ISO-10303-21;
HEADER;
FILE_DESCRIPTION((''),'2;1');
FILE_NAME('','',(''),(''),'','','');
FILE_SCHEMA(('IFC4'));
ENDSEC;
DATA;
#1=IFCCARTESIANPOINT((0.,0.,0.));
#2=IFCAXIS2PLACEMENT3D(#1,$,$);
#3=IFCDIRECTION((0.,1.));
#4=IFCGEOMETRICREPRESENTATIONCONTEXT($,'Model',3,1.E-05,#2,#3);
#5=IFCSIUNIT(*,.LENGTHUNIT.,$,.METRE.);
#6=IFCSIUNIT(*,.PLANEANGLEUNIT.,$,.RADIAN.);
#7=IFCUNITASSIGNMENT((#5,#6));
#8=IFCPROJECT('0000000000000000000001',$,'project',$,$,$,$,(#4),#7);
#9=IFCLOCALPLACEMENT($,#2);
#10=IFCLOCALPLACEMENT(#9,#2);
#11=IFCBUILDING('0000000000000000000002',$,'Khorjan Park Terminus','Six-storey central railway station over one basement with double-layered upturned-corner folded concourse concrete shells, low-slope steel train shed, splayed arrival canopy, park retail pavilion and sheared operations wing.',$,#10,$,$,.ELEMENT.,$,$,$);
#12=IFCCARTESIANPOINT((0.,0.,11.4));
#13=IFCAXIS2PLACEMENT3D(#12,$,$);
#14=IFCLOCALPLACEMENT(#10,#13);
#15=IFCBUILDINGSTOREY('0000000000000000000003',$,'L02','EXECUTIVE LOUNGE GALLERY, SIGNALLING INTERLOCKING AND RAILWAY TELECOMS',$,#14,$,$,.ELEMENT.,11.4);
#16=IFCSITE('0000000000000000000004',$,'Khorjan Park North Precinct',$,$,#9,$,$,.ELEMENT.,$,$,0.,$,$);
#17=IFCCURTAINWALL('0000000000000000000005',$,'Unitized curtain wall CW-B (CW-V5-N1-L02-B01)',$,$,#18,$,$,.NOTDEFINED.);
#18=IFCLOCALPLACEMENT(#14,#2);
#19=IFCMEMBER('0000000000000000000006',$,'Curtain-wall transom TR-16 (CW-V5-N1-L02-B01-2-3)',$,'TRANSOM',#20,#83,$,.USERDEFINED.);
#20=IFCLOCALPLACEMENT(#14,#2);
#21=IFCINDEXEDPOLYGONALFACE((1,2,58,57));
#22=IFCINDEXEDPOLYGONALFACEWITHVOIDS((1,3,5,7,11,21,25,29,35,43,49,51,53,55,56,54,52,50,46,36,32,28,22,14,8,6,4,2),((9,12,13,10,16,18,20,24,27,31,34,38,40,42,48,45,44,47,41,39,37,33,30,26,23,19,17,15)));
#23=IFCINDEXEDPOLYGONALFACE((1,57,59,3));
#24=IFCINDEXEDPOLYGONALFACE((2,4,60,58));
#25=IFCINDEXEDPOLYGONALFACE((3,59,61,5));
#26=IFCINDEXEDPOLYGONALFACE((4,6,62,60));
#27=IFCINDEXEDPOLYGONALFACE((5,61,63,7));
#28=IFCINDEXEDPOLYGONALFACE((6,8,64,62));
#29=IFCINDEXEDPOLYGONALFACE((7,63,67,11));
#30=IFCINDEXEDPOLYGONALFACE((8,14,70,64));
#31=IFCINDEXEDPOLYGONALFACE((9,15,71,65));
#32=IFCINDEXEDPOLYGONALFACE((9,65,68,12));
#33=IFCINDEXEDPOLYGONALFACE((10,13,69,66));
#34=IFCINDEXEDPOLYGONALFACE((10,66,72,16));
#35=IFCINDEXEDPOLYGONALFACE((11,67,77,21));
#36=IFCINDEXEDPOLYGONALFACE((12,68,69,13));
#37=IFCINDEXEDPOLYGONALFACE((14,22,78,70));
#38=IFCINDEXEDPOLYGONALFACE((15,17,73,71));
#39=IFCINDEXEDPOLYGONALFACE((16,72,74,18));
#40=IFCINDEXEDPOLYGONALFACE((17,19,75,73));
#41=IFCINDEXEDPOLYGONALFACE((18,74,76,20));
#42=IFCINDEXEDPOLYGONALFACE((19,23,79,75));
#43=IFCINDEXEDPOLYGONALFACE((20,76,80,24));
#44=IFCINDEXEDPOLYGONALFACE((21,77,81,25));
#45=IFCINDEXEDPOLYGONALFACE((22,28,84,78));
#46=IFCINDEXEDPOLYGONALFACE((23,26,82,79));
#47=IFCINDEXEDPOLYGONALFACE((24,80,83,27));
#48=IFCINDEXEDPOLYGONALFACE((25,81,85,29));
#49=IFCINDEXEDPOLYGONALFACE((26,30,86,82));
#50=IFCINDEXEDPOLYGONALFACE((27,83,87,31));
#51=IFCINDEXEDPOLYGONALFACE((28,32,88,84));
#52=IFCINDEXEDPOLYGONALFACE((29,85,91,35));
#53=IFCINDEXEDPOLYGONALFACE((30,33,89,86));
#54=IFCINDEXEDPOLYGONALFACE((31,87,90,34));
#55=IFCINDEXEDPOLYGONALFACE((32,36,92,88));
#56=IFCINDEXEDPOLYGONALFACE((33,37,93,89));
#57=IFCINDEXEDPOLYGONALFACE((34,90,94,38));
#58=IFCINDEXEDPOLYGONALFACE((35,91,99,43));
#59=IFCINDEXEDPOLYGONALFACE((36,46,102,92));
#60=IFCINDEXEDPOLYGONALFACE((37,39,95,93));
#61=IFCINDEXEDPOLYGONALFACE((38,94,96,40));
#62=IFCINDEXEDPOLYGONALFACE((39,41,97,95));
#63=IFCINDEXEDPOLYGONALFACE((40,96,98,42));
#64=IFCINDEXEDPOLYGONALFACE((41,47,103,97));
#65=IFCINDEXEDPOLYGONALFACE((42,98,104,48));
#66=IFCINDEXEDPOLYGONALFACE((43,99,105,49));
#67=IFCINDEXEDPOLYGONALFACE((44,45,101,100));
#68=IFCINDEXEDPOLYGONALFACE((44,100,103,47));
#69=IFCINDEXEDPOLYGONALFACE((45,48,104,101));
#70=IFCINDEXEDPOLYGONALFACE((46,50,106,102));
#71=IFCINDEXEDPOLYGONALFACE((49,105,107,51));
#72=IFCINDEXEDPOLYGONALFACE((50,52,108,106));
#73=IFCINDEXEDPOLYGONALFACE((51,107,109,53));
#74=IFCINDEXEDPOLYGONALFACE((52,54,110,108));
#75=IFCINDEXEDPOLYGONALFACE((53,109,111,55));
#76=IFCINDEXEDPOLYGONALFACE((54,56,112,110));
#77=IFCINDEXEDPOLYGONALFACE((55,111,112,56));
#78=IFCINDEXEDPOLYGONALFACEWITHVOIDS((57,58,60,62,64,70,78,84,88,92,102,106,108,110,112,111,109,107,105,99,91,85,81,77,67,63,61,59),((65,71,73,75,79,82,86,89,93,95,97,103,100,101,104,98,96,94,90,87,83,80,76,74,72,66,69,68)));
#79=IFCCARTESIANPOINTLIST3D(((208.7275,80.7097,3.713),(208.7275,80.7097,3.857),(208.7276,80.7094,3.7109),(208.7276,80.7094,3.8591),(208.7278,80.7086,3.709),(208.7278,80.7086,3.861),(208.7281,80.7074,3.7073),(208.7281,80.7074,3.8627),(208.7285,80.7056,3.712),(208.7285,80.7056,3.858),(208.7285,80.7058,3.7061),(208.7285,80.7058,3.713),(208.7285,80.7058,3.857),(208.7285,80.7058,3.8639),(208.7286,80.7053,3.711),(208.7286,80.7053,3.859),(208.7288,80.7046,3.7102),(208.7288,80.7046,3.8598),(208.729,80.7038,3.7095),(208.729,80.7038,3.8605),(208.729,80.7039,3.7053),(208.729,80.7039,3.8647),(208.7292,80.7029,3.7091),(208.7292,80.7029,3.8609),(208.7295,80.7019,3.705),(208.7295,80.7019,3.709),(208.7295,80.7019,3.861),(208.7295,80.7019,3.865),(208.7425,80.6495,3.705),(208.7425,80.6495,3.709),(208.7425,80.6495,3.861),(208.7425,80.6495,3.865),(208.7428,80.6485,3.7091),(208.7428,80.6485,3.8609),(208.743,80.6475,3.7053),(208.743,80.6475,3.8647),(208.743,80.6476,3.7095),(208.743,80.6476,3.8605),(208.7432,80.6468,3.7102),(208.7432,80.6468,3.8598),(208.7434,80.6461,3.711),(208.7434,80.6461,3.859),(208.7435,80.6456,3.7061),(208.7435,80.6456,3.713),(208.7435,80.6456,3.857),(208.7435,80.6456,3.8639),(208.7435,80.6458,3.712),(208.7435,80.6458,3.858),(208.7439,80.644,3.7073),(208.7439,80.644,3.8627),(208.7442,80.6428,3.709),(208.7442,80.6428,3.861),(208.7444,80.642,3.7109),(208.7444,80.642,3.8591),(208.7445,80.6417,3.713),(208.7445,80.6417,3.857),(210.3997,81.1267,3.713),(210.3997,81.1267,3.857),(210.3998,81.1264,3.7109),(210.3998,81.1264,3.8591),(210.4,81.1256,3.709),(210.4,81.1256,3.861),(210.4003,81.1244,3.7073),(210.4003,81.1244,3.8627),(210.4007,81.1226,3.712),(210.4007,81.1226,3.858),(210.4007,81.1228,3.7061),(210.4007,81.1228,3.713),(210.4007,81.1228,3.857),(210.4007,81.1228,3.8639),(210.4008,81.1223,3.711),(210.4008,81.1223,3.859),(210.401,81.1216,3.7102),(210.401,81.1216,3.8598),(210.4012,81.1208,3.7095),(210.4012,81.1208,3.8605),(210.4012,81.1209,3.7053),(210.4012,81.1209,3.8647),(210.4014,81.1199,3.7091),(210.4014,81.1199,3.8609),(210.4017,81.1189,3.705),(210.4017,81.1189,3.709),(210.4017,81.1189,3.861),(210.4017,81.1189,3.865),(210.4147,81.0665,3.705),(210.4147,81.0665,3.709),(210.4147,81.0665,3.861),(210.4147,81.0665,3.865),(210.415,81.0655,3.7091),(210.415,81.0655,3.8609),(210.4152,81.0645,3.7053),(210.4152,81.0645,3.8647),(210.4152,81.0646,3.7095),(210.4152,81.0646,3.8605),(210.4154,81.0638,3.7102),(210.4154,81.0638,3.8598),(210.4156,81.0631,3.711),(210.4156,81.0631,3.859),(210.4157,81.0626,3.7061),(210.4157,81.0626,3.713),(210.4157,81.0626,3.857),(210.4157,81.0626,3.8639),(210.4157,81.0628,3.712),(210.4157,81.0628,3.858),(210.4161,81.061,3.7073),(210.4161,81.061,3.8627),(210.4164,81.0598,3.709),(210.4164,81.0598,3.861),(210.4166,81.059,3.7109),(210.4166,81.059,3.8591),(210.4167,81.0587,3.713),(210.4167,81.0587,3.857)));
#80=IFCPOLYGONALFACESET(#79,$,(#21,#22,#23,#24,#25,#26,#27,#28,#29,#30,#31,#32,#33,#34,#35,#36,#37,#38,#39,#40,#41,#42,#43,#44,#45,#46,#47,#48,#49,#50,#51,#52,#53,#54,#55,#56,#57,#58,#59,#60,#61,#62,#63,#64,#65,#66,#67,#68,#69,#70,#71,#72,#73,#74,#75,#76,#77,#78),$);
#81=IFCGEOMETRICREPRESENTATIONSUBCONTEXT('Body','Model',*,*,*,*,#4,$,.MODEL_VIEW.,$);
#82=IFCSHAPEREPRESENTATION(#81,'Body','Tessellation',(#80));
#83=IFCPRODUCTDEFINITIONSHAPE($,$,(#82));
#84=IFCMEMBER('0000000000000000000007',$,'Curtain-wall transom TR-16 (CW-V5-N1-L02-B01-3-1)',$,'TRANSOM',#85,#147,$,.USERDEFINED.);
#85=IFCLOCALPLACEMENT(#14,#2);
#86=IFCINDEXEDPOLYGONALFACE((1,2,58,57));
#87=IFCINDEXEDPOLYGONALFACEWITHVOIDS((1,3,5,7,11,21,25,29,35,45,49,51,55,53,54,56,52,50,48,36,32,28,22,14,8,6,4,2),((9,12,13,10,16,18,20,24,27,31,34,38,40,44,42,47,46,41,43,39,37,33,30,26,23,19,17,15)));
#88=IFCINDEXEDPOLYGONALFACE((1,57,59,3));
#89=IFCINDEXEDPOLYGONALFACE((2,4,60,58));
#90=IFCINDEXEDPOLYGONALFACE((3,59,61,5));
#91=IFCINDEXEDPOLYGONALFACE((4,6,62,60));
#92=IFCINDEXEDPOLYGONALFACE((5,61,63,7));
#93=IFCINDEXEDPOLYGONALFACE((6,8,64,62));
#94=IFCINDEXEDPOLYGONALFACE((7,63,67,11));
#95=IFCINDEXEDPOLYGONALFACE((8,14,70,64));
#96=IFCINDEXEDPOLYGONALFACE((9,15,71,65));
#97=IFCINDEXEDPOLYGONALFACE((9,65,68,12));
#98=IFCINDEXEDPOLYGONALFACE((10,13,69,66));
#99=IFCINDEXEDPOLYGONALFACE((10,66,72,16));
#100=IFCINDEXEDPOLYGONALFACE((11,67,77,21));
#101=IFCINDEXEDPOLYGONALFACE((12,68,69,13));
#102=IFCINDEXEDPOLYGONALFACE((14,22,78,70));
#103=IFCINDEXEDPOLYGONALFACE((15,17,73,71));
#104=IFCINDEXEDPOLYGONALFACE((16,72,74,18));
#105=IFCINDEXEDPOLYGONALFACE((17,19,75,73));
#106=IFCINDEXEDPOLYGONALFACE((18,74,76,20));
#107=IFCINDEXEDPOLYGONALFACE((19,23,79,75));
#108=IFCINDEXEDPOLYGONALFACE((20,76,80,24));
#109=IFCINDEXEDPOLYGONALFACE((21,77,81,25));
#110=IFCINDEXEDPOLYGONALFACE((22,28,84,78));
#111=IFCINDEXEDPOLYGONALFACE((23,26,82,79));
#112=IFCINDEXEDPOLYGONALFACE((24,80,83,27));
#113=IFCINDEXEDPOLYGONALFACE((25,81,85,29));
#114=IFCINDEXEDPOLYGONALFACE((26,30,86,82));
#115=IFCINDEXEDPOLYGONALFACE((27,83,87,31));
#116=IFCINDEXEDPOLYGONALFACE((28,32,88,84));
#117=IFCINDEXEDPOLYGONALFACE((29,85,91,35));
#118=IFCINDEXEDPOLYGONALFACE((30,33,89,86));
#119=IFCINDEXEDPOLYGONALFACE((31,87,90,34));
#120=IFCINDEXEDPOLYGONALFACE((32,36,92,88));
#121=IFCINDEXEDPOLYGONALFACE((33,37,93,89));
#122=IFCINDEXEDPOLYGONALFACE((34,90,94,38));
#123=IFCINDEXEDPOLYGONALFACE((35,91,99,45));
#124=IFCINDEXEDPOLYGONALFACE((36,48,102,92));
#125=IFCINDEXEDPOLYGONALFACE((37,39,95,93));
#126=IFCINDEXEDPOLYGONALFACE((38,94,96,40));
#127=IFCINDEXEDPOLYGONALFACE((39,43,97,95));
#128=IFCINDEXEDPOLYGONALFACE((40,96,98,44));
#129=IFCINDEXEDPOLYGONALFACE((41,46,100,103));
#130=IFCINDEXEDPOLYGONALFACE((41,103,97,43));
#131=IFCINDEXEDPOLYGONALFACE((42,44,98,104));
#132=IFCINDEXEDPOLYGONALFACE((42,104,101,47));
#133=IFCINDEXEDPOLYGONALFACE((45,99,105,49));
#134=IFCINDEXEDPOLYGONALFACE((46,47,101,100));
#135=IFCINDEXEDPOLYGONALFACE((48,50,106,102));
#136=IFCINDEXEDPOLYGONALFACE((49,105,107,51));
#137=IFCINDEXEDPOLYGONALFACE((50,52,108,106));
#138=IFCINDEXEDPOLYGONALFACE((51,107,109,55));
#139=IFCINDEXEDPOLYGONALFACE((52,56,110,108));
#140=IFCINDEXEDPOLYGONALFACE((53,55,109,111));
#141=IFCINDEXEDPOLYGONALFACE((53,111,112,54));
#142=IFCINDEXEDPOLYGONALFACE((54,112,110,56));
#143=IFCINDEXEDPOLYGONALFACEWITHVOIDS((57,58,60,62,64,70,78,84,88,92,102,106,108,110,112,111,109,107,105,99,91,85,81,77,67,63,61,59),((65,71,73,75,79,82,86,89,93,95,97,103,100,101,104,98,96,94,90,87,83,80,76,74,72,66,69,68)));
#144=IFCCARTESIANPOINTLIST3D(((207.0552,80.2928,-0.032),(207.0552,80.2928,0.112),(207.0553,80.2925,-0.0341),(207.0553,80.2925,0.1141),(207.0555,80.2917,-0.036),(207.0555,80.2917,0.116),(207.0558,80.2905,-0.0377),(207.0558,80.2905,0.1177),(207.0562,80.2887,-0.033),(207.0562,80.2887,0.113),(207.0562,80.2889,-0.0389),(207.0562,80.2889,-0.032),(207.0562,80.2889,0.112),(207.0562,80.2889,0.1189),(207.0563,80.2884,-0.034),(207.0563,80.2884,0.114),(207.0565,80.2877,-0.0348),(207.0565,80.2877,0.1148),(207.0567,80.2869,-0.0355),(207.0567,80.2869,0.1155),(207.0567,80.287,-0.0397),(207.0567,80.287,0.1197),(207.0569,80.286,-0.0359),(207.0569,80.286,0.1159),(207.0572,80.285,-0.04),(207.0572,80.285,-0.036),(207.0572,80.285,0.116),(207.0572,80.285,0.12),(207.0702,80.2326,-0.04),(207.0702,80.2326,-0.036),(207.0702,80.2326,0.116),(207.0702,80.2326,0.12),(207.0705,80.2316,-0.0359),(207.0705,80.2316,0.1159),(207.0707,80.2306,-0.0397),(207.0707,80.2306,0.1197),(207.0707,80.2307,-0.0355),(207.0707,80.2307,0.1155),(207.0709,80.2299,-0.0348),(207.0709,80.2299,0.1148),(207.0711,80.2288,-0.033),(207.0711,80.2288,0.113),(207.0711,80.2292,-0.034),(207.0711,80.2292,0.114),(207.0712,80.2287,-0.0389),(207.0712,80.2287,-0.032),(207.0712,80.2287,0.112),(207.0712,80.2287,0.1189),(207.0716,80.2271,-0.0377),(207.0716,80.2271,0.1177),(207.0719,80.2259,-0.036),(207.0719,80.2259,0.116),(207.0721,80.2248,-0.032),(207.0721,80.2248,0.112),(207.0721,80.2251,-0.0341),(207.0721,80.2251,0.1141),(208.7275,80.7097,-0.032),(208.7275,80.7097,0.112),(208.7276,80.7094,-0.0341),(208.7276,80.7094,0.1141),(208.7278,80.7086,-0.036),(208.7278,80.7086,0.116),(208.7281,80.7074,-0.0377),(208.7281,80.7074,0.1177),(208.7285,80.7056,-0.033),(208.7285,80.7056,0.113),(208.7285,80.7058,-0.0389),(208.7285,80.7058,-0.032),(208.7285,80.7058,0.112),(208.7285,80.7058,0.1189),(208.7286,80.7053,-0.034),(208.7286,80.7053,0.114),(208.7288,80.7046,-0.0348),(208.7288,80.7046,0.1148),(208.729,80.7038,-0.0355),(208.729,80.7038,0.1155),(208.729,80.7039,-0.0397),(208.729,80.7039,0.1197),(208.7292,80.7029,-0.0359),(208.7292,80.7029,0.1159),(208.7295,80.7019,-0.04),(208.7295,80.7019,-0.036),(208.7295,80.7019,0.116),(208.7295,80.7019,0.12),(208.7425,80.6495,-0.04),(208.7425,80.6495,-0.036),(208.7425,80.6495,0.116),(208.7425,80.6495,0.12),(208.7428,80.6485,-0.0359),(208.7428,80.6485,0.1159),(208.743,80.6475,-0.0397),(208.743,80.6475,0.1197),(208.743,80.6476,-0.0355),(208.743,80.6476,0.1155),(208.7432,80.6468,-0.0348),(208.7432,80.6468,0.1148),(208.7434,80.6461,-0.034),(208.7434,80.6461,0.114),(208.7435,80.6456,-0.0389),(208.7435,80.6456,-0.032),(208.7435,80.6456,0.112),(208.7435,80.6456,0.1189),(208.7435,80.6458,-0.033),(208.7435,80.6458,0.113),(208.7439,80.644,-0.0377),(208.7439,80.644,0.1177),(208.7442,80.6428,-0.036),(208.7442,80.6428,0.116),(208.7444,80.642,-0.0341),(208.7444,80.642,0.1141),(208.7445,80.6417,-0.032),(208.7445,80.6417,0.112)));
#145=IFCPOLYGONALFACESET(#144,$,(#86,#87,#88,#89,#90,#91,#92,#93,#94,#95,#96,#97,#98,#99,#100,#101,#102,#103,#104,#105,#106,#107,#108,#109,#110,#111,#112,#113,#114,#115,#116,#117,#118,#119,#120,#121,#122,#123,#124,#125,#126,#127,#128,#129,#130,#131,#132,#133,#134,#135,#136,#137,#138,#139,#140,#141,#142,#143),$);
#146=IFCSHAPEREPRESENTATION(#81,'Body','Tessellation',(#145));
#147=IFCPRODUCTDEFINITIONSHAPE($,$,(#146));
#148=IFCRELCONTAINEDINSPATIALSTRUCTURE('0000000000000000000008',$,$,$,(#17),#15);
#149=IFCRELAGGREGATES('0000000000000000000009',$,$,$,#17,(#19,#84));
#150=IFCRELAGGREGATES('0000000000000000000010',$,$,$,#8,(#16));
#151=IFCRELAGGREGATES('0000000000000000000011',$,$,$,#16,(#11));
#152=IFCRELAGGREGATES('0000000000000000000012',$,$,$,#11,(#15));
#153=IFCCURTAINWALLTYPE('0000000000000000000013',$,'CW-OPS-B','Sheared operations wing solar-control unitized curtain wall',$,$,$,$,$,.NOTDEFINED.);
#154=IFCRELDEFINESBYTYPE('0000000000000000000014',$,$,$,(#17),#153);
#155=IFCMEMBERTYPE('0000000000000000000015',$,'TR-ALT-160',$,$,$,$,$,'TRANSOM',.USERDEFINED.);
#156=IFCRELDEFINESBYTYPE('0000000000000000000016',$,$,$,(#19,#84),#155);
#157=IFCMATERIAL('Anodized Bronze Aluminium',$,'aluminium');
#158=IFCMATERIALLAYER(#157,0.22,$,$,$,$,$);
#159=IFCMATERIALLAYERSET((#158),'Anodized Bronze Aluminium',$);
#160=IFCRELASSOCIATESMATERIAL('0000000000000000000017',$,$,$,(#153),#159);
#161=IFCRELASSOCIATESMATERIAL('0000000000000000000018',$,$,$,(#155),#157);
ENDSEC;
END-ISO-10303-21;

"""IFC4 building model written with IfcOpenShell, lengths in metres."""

from ifc_helpers import new_model, si_unit, direction, frame, origin, origin_2d, place, context, subcontext, project, spatial, hollow_rectangle, extrude, material, layer, layer_set, material_profile, profile_set, type_object, element, aggregate, save


model = new_model("IFC4")

# Units and contexts
model_context = context("Model", 3, precision=1e-05, world=origin(), true_north=direction((0.0, 1.0)))
body_context = subcontext(model_context, "Body", "Model", "MODEL_VIEW")
ifc_project = project(units=[si_unit("LENGTHUNIT", "METRE"), si_unit("PLANEANGLEUNIT", "RADIAN")], contexts=[model_context])

# Site, building, storey
site_placement = place(None, origin())
site = spatial("IfcSite", under=ifc_project, at=site_placement, Name="Khorjan Park North Precinct", CompositionType="ELEMENT", RefElevation=0.0)
building_placement = place(site_placement, origin())
building = spatial("IfcBuilding", under=site, at=building_placement, Name="Khorjan Park Terminus", Description="Six-storey central railway station over one basement with double-layered upturned-corner folded concourse concrete shells, low-slope steel train shed, splayed arrival canopy, park retail pavilion and sheared operations wing.", CompositionType="ELEMENT")
storey_placement = place(building_placement, frame((0.0, 0.0, 11.4)))
storey = spatial("IfcBuildingStorey", under=building, at=storey_placement, Name="L02", Description="EXECUTIVE LOUNGE GALLERY, SIGNALLING INTERLOCKING AND RAILWAY TELECOMS", CompositionType="ELEMENT", Elevation=11.4)

# Curtain wall, members
ifc_material_1 = material(Name="Anodized Bronze Aluminium", Category="aluminium")
ifc_layer_1 = layer(ifc_material_1, 0.22)
ifc_layer_set_1 = layer_set([ifc_layer_1], Name="Anodized Bronze Aluminium")
curtain_wall_type = type_object("IfcCurtainWallType", Name="CW-OPS-B", Description="Sheared operations wing solar-control unitized curtain wall", PredefinedType="NOTDEFINED", material=ifc_layer_set_1)
curtain_wall_placement = place(storey_placement, origin())
curtain_wall = element("IfcCurtainWall", 1, at=curtain_wall_placement, inside=storey, type_object=curtain_wall_type, Name="Unitized curtain wall CW-B (CW-V5-N1-L02-B01)", PredefinedType="NOTDEFINED")
ifc_material_profile_1 = material_profile(ifc_material_1, hollow_rectangle(XDim=0.07, YDim=0.16, WallThickness=0.004, InnerFilletRadius=0.004, OuterFilletRadius=0.008, at=origin_2d()), Name="ALT 70x160x4")
ifc_profile_set_1 = profile_set([ifc_material_profile_1], Name="Anodized Bronze Aluminium")
member_type_1 = type_object("IfcMemberType", Name="TR-ALT-160", ElementType="TRANSOM", PredefinedType="USERDEFINED", material=ifc_profile_set_1)
member_1_placement = place(storey_placement, frame((210.4082, 81.0927, 3.785), z_axis=(-0.970286, -0.241962, 0.0), x_axis=(0.241962, -0.970286, 0.0)))
member_1 = element("IfcMember", 2, at=member_1_placement, type_object=member_type_1, Name="Curtain-wall transom TR-16 (CW-V5-N1-L02-B01-2-3)", ObjectType="TRANSOM", PredefinedType="USERDEFINED", context=body_context, shape_type="SweptSolid", body=[
    extrude(hollow_rectangle(XDim=0.07, YDim=0.16, WallThickness=0.004, InnerFilletRadius=0.004, OuterFilletRadius=0.008, at=origin_2d()), origin(), (0.0, 0.0, 1.0), 1.7234),
])
member_2_placement = place(storey_placement, frame((208.736, 80.6757, 0.04), z_axis=(-0.970303, -0.241894, 0.0), x_axis=(0.241894, -0.970303, 0.0)))
member_2 = element("IfcMember", 3, at=member_2_placement, type_object=member_type_1, Name="Curtain-wall transom TR-16 (CW-V5-N1-L02-B01-3-1)", ObjectType="TRANSOM", PredefinedType="USERDEFINED", context=body_context, shape_type="SweptSolid", body=[
    extrude(hollow_rectangle(XDim=0.07, YDim=0.16, WallThickness=0.004, InnerFilletRadius=0.004, OuterFilletRadius=0.008, at=origin_2d()), origin(), (0.0, 0.0, 1.0), 1.7235),
])
aggregate(curtain_wall, [member_1, member_2])

save(model, "model.ifc")
